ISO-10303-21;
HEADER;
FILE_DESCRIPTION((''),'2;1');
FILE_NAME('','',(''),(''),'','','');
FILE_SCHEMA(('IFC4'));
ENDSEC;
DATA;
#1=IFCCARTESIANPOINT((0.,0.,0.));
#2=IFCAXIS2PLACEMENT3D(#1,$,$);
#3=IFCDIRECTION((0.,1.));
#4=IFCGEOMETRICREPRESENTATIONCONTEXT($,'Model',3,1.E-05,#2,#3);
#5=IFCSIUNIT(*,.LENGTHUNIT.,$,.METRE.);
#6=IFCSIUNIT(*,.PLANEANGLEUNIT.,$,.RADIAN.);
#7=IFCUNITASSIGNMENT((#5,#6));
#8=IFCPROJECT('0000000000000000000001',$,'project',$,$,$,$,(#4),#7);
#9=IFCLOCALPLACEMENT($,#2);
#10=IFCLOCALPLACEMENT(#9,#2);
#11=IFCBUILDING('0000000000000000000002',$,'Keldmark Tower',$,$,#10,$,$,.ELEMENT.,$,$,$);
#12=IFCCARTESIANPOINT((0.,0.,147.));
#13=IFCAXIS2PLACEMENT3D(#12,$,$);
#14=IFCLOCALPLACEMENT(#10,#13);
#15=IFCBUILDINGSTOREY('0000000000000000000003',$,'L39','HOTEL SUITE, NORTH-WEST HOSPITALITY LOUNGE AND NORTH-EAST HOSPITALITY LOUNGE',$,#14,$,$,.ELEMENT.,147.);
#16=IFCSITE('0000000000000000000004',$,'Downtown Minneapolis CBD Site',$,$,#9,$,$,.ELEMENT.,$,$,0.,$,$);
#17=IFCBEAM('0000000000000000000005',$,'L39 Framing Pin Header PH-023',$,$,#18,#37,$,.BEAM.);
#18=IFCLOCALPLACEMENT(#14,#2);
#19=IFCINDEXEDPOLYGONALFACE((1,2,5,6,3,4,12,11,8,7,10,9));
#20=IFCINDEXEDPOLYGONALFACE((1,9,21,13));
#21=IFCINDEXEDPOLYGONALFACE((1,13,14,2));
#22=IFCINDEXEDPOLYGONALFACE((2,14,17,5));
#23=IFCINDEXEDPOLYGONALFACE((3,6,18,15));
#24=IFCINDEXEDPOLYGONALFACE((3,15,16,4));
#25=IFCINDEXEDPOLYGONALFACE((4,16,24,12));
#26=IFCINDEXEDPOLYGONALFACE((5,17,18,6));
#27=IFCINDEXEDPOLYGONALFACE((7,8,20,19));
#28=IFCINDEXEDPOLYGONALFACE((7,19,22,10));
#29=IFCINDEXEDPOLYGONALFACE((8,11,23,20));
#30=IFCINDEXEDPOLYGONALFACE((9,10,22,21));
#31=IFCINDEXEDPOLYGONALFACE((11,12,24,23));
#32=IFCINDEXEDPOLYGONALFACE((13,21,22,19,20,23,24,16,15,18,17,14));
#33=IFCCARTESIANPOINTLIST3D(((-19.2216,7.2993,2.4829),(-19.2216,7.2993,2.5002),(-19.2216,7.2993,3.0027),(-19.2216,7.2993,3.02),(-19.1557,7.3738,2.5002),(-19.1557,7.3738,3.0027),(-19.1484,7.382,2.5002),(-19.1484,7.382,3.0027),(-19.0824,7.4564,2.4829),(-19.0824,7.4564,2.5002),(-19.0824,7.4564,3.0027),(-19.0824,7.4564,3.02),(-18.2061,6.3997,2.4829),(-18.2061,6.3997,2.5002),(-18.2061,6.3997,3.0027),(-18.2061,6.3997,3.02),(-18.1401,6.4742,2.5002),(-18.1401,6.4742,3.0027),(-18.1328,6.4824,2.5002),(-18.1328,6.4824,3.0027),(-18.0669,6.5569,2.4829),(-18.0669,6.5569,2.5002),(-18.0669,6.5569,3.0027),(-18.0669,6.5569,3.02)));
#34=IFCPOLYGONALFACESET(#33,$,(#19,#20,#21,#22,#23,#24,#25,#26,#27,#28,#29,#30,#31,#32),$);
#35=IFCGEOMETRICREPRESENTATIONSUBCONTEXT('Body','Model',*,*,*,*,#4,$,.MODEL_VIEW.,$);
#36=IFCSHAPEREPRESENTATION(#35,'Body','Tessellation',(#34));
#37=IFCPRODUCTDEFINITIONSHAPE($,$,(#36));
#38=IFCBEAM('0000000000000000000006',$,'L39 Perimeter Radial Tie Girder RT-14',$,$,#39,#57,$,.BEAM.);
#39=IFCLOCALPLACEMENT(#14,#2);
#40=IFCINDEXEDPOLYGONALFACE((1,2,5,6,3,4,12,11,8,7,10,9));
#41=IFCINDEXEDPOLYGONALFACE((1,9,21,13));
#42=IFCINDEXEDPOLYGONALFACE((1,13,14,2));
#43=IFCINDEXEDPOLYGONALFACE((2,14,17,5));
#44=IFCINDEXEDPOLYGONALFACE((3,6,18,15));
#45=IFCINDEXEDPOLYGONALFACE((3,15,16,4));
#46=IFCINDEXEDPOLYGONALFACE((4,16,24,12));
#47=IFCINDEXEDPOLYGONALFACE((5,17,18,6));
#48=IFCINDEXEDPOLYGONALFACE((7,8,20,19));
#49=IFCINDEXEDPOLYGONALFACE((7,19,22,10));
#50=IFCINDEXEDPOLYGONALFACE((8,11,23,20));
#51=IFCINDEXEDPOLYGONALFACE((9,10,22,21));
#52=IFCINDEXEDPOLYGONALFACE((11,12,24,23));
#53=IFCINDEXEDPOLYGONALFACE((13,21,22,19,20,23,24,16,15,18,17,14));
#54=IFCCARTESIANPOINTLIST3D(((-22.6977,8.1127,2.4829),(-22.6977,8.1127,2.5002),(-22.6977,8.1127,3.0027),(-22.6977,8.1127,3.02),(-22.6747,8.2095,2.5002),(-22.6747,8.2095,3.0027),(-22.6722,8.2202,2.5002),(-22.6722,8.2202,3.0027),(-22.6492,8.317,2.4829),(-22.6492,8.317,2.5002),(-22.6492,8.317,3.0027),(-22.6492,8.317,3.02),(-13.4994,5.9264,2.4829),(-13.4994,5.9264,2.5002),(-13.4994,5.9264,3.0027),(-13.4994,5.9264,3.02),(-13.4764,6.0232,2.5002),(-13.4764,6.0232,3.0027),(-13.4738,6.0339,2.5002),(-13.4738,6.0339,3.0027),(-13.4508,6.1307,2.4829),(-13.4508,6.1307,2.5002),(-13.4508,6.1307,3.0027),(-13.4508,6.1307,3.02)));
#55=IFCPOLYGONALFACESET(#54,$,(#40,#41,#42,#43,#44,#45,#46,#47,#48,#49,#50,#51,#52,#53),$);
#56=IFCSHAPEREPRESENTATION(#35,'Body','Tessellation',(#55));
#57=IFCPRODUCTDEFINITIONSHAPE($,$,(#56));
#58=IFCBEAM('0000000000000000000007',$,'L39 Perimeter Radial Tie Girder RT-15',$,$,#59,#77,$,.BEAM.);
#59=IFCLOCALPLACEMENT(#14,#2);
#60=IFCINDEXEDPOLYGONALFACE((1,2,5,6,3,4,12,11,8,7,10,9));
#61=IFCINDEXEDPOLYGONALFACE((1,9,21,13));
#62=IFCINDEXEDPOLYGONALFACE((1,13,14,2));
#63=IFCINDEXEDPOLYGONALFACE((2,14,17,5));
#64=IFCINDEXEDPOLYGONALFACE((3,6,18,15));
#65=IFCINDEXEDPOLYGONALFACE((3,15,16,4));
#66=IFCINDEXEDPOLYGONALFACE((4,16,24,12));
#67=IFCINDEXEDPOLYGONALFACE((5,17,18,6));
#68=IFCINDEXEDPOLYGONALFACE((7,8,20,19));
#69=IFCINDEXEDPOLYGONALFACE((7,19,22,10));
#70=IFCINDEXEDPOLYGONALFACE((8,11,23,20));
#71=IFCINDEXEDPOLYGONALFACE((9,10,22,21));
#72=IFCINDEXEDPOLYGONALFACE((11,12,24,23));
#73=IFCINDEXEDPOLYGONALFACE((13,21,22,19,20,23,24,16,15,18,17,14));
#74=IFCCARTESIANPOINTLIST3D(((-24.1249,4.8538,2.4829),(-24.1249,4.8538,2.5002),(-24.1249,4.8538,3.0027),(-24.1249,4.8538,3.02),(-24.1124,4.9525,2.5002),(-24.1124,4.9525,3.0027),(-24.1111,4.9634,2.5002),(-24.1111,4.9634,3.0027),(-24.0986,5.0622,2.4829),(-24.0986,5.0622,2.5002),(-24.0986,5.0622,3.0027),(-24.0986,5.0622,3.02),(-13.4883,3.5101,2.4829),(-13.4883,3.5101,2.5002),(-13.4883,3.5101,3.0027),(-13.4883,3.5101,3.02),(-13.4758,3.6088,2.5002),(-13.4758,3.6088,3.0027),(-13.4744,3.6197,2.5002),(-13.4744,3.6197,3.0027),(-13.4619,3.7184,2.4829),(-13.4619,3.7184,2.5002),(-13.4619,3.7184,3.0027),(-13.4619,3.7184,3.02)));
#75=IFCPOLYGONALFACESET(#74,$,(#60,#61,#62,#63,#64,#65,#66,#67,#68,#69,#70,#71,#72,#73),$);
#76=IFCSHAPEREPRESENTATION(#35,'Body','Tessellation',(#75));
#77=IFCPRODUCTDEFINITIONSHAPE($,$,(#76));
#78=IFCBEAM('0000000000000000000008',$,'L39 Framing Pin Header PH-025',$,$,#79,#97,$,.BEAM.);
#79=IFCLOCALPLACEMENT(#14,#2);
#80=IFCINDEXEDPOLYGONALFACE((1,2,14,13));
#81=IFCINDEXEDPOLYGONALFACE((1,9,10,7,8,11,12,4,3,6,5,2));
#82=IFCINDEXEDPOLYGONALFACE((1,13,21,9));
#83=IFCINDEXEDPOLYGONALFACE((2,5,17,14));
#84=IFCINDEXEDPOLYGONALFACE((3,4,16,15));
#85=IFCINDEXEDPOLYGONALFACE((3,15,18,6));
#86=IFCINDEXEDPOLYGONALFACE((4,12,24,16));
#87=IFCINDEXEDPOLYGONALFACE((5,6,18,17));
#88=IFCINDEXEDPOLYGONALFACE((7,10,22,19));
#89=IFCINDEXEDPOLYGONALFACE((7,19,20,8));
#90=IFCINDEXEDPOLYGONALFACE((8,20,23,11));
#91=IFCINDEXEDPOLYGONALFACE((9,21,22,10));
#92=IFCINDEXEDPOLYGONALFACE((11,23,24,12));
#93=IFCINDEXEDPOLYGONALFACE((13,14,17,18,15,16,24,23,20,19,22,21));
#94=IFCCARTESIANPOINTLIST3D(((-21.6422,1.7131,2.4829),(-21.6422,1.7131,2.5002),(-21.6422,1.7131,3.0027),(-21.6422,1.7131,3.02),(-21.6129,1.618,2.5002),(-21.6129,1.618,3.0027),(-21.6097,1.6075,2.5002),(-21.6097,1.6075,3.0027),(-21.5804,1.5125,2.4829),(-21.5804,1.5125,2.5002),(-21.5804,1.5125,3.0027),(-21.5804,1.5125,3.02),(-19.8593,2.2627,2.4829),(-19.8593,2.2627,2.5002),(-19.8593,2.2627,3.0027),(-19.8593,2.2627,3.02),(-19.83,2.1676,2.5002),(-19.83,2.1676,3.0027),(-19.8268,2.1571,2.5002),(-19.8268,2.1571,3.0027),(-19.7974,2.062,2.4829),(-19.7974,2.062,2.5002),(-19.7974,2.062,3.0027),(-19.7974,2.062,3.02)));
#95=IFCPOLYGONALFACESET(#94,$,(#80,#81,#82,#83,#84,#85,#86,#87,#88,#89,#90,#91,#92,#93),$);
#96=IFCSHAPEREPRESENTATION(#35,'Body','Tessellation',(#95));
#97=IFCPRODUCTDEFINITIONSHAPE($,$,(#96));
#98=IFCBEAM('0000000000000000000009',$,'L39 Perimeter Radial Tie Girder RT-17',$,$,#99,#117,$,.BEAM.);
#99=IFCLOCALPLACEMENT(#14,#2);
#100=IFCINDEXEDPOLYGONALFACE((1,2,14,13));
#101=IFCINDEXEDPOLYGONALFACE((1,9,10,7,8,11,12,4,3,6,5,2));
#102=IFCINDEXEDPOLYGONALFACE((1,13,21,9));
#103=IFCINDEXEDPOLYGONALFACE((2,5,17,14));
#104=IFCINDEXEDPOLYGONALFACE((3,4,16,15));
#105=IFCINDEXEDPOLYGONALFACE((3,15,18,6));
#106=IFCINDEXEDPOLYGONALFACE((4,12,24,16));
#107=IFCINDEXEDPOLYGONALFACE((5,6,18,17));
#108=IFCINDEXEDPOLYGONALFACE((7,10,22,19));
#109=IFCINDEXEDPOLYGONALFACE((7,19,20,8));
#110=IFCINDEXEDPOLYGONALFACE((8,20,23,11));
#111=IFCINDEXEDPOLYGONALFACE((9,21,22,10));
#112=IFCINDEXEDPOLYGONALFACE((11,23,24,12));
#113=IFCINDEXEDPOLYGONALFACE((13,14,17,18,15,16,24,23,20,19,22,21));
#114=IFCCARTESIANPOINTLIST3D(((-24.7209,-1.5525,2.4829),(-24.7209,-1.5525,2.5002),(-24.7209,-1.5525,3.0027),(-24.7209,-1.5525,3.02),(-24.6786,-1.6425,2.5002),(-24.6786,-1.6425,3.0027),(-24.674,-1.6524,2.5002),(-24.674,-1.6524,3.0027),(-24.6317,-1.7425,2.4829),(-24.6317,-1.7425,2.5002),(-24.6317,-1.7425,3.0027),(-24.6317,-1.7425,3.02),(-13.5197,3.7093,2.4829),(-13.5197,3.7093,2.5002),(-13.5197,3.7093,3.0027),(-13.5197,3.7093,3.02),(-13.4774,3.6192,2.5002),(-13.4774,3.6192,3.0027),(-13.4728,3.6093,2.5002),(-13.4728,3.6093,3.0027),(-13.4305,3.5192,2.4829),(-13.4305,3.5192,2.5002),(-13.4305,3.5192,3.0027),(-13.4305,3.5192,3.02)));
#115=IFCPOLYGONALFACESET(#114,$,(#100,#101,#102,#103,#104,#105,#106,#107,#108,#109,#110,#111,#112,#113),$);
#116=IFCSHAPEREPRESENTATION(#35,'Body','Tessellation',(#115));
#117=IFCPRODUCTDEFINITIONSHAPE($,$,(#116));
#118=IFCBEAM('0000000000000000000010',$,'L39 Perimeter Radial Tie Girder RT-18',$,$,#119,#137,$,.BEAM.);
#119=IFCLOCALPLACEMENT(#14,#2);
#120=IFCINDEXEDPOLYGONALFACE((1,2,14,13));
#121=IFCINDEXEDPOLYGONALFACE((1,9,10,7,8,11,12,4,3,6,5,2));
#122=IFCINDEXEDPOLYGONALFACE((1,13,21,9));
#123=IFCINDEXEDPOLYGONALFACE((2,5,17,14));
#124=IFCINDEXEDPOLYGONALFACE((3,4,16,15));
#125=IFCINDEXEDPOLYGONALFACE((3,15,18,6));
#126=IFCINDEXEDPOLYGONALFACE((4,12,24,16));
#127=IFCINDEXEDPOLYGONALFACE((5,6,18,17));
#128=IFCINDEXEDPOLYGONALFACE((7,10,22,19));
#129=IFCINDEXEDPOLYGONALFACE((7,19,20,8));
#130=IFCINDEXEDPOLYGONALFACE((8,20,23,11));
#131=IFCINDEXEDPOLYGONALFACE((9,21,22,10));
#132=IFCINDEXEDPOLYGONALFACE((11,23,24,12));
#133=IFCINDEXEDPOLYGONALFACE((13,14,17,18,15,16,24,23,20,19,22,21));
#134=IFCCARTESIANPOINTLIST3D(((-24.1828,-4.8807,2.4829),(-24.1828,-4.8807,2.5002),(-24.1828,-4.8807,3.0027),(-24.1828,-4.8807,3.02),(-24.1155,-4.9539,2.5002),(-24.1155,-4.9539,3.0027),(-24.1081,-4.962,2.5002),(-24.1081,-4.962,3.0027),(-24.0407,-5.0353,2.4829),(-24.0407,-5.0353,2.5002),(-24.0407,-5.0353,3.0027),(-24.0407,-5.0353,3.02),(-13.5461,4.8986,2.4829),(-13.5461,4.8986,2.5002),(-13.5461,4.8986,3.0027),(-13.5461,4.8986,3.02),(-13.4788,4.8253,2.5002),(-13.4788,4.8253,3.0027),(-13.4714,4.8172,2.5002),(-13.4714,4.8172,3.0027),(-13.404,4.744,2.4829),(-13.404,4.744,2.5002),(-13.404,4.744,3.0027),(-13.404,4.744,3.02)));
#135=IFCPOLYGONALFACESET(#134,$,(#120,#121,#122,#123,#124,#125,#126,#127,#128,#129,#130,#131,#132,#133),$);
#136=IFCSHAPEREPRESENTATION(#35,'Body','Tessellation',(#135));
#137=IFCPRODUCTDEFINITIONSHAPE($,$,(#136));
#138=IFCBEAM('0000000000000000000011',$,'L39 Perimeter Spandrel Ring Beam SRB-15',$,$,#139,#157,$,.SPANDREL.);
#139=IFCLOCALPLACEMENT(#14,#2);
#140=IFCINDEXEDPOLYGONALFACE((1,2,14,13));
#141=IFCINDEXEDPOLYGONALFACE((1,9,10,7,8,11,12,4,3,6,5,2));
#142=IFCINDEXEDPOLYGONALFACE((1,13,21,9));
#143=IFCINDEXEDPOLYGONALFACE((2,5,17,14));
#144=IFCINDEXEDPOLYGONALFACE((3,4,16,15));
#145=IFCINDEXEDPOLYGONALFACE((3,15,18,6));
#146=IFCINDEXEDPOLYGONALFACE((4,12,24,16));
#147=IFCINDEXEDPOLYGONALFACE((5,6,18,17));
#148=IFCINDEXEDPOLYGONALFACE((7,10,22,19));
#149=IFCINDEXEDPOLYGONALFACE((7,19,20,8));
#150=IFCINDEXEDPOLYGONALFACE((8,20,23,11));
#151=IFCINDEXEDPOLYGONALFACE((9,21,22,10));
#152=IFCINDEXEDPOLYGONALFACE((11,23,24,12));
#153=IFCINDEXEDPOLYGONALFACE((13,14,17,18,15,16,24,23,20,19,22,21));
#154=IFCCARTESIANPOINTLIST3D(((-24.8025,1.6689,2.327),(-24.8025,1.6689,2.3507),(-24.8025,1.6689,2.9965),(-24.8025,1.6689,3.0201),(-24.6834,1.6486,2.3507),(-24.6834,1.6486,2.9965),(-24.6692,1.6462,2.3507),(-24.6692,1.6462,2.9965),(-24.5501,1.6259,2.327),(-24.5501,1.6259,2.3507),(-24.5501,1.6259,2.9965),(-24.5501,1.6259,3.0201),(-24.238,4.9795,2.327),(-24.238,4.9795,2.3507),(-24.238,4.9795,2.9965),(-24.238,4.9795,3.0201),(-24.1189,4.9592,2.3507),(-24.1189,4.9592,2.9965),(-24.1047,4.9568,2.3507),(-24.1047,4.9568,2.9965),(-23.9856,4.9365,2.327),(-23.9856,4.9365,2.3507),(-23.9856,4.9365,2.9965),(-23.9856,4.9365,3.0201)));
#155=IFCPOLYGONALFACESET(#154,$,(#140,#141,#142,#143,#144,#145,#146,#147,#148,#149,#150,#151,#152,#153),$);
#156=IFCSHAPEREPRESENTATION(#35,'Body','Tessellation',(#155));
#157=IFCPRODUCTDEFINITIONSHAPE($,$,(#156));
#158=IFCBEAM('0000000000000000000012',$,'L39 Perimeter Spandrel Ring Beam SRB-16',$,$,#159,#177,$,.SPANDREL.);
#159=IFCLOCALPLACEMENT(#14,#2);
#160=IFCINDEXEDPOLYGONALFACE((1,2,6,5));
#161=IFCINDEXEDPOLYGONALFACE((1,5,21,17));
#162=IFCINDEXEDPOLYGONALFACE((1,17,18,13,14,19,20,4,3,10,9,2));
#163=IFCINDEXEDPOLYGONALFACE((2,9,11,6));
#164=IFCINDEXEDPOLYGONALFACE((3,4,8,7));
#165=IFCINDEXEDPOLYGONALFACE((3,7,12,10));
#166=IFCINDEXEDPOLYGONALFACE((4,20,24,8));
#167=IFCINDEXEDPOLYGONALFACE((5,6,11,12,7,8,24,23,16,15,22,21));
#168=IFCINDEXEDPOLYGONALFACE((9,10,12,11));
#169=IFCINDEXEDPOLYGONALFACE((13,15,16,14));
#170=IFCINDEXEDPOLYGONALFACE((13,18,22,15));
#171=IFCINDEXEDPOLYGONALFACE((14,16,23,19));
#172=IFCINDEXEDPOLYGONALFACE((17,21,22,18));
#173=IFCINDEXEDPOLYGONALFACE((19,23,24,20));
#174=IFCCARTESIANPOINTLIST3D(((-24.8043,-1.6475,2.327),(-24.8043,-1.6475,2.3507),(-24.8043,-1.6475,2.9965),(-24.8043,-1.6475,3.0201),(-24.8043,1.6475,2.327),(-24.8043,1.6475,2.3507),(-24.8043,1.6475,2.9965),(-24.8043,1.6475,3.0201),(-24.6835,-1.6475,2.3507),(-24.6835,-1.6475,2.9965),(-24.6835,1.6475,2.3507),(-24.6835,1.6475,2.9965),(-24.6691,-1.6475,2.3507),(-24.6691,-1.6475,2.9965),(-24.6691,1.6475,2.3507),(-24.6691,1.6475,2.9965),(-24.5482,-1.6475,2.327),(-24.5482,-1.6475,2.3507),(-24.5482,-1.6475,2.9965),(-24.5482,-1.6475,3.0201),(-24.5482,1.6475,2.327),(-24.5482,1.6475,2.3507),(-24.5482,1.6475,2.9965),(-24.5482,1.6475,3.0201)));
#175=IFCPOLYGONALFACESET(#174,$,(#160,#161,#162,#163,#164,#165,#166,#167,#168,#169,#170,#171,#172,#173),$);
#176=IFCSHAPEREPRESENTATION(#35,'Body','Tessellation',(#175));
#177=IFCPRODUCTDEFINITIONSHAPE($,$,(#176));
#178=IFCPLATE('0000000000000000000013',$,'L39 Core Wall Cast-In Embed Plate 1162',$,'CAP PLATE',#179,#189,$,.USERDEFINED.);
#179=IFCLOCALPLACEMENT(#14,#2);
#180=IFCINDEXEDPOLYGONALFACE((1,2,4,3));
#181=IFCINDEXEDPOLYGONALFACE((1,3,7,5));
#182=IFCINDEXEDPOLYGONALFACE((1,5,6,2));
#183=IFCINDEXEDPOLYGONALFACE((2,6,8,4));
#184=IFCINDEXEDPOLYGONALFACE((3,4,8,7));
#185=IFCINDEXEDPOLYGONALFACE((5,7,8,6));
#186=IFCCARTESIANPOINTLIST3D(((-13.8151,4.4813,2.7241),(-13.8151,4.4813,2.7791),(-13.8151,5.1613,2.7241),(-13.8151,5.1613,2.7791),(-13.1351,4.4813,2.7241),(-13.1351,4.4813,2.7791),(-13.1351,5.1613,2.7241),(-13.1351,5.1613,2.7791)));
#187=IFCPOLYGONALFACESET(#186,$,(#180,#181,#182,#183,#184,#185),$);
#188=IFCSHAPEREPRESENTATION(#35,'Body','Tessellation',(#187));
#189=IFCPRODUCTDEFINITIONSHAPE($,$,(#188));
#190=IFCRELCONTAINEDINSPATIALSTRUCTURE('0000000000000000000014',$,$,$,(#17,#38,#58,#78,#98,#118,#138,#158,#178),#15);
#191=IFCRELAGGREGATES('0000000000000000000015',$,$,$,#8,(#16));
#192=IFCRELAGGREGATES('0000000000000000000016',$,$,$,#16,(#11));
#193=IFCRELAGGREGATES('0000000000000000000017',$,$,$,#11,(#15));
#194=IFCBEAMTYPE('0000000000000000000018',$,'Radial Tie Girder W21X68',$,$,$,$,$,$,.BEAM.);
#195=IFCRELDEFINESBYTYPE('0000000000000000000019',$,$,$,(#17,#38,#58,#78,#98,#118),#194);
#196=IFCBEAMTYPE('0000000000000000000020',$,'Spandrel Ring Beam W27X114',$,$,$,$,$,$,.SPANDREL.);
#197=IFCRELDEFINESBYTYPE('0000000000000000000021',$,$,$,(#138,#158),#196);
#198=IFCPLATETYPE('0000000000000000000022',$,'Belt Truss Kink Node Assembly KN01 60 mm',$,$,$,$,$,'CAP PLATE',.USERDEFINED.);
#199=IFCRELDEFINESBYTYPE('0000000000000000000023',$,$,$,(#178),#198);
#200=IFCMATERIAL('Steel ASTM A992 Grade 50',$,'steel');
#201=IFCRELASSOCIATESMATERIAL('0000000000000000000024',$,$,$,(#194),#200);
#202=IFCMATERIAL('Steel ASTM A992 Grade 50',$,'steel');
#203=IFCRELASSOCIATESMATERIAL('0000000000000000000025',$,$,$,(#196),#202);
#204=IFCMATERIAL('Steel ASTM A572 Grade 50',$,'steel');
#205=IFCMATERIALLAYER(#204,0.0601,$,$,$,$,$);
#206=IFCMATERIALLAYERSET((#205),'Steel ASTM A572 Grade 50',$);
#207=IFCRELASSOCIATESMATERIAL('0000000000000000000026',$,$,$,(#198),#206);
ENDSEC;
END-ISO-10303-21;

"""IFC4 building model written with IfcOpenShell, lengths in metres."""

from ifc_helpers import new_model, si_unit, direction, frame, origin, origin_2d, place, context, subcontext, project, spatial, rectangle, i_section, extrude, material, layer, layer_set, material_profile, profile_set, type_object, element, save


model = new_model("IFC4")

# Units and contexts
model_context = context("Model", 3, precision=1e-05, world=origin(), true_north=direction((0.0, 1.0)))
body_context = subcontext(model_context, "Body", "Model", "MODEL_VIEW")
ifc_project = project(units=[si_unit("LENGTHUNIT", "METRE"), si_unit("PLANEANGLEUNIT", "RADIAN")], contexts=[model_context])

# Site, building, storey
site_placement = place(None, origin())
site = spatial("IfcSite", under=ifc_project, at=site_placement, Name="Downtown Minneapolis CBD Site", CompositionType="ELEMENT", RefElevation=0.0)
building_placement = place(site_placement, origin())
building = spatial("IfcBuilding", under=site, at=building_placement, Name="Keldmark Tower", CompositionType="ELEMENT")
storey_placement = place(building_placement, frame((0.0, 0.0, 147.0)))
storey = spatial("IfcBuildingStorey", under=building, at=storey_placement, Name="L39", Description="HOTEL SUITE, NORTH-WEST HOSPITALITY LOUNGE AND NORTH-EAST HOSPITALITY LOUNGE", CompositionType="ELEMENT", Elevation=147.0)

# Beams
ifc_material_1 = material(Name="Steel ASTM A992 Grade 50", Category="steel")
ifc_material_profile_1 = material_profile(ifc_material_1, i_section(OverallWidth=0.21, OverallDepth=0.5371, WebThickness=0.011, FlangeThickness=0.0173, at=origin_2d()), Name="W21X68")
ifc_profile_set_1 = profile_set([ifc_material_profile_1], Name="Steel ASTM A992 Grade 50")
beam_type_1 = type_object("IfcBeamType", Name="Radial Tie Girder W21X68", PredefinedType="BEAM", material=ifc_profile_set_1)
beam_1_placement = place(storey_placement, frame((-18.1365, 6.4783, 2.7515), z_axis=(-0.74855, 0.663078, 0.0), x_axis=(-0.663078, -0.74855, 0.0)))
element("IfcBeam", 1, at=beam_1_placement, inside=storey, type_object=beam_type_1, Name="L39 Framing Pin Header PH-023", PredefinedType="BEAM", context=body_context, shape_type="SweptSolid", body=[
    extrude(i_section(OverallWidth=0.21, OverallDepth=0.5371, WebThickness=0.011, FlangeThickness=0.0173, at=origin_2d()), origin(), (0.0, 0.0, 1.0), 1.3567),
])
beam_2_placement = place(storey_placement, frame((-13.4751, 6.0286, 2.7515), z_axis=(-0.972896, 0.231242, 0.0), x_axis=(-0.231242, -0.972896, 0.0)))
element("IfcBeam", 2, at=beam_2_placement, inside=storey, type_object=beam_type_1, Name="L39 Perimeter Radial Tie Girder RT-14", PredefinedType="BEAM", context=body_context, shape_type="SweptSolid", body=[
    extrude(i_section(OverallWidth=0.21, OverallDepth=0.5371, WebThickness=0.011, FlangeThickness=0.0173, at=origin_2d()), origin(), (0.0, 0.0, 1.0), 9.4546),
])
beam_3_placement = place(storey_placement, frame((-13.4751, 3.6143, 2.7515), z_axis=(-0.992114, 0.125335, 0.0), x_axis=(-0.125335, -0.992114, 0.0)))
element("IfcBeam", 3, at=beam_3_placement, inside=storey, type_object=beam_type_1, Name="L39 Perimeter Radial Tie Girder RT-15", PredefinedType="BEAM", context=body_context, shape_type="SweptSolid", body=[
    extrude(i_section(OverallWidth=0.21, OverallDepth=0.5371, WebThickness=0.011, FlangeThickness=0.0173, at=origin_2d()), origin(), (0.0, 0.0, 1.0), 10.7212),
])
beam_4_placement = place(storey_placement, frame((-19.8284, 2.1624, 2.7515), z_axis=(-0.955635, -0.294555, 0.0), x_axis=(0.294555, -0.955635, 0.0)))
element("IfcBeam", 4, at=beam_4_placement, inside=storey, type_object=beam_type_1, Name="L39 Framing Pin Header PH-025", PredefinedType="BEAM", context=body_context, shape_type="SweptSolid", body=[
    extrude(i_section(OverallWidth=0.21, OverallDepth=0.5371, WebThickness=0.011, FlangeThickness=0.0173, at=origin_2d()), origin(), (0.0, 0.0, 1.0), 1.8657),
])
beam_5_placement = place(storey_placement, frame((-13.4751, 3.6143, 2.7515), z_axis=(-0.905112, -0.425174, 0.0), x_axis=(0.425174, -0.905112, 0.0)))
element("IfcBeam", 5, at=beam_5_placement, inside=storey, type_object=beam_type_1, Name="L39 Perimeter Radial Tie Girder RT-17", PredefinedType="BEAM", context=body_context, shape_type="SweptSolid", body=[
    extrude(i_section(OverallWidth=0.21, OverallDepth=0.5371, WebThickness=0.011, FlangeThickness=0.0173, at=origin_2d()), origin(), (0.0, 0.0, 1.0), 12.3755),
])
beam_6_placement = place(storey_placement, frame((-13.4751, 4.8213, 2.7515), z_axis=(-0.736155, -0.676813, 0.0), x_axis=(0.676813, -0.736155, 0.0)))
element("IfcBeam", 6, at=beam_6_placement, inside=storey, type_object=beam_type_1, Name="L39 Perimeter Radial Tie Girder RT-18", PredefinedType="BEAM", context=body_context, shape_type="SweptSolid", body=[
    extrude(i_section(OverallWidth=0.21, OverallDepth=0.5371, WebThickness=0.011, FlangeThickness=0.0173, at=origin_2d()), origin(), (0.0, 0.0, 1.0), 14.449),
])
ifc_material_2 = material(Name="Steel ASTM A992 Grade 50", Category="steel")
ifc_material_profile_2 = material_profile(ifc_material_2, i_section(OverallWidth=0.2561, OverallDepth=0.6931, WebThickness=0.0144, FlangeThickness=0.0237, at=origin_2d()), Name="W27X114")
ifc_profile_set_2 = profile_set([ifc_material_profile_2], Name="Steel ASTM A992 Grade 50")
beam_type_2 = type_object("IfcBeamType", Name="Spandrel Ring Beam W27X114", PredefinedType="SPANDREL", material=ifc_profile_set_2)
beam_7_placement = place(storey_placement, frame((-24.1118, 4.958, 2.6736), z_axis=(-0.168076, -0.985774, 0.0), x_axis=(0.985774, -0.168076, 0.0)))
element("IfcBeam", 7, at=beam_7_placement, inside=storey, type_object=beam_type_2, Name="L39 Perimeter Spandrel Ring Beam SRB-15", PredefinedType="SPANDREL", context=body_context, shape_type="SweptSolid", body=[
    extrude(i_section(OverallWidth=0.2561, OverallDepth=0.6931, WebThickness=0.0144, FlangeThickness=0.0237, at=origin_2d()), origin(), (0.0, 0.0, 1.0), 3.3584),
])
beam_8_placement = place(storey_placement, frame((-24.6763, 1.6475, 2.6736), z_axis=(0.0, -1.0, 0.0), x_axis=(1.0, 0.0, 0.0)))
element("IfcBeam", 8, at=beam_8_placement, inside=storey, type_object=beam_type_2, Name="L39 Perimeter Spandrel Ring Beam SRB-16", PredefinedType="SPANDREL", context=body_context, shape_type="SweptSolid", body=[
    extrude(i_section(OverallWidth=0.2561, OverallDepth=0.6931, WebThickness=0.0144, FlangeThickness=0.0237, at=origin_2d()), origin(), (0.0, 0.0, 1.0), 3.2949),
])

# Plate
ifc_material_3 = material(Name="Steel ASTM A572 Grade 50", Category="steel")
ifc_layer_1 = layer(ifc_material_3, 0.0601)
ifc_layer_set_1 = layer_set([ifc_layer_1], Name="Steel ASTM A572 Grade 50")
plate_type_1 = type_object("IfcPlateType", Name="Belt Truss Kink Node Assembly KN01 60 mm", ElementType="CAP PLATE", PredefinedType="USERDEFINED", material=ifc_layer_set_1)
for number, where, z_axis, x_axis, name in (
    (9, (-13.4751, 4.8213, 2.7241), (0.0, 0.0, 1.0), (1.0, 0.0, 0.0), "L39 Core Wall Cast-In Embed Plate 1162"),
):
    element("IfcPlate", number, at=place(storey_placement, frame(where, z_axis=z_axis, x_axis=x_axis)), inside=storey, type_object=plate_type_1, Name=name, ObjectType="CAP PLATE", PredefinedType="USERDEFINED", context=body_context, shape_type="SweptSolid", body=[
        extrude(rectangle(XDim=0.6799, YDim=0.6799, at=origin_2d()), origin(), (0.0, 0.0, 1.0), 0.0549),
    ])

save(model, "model.ifc")
